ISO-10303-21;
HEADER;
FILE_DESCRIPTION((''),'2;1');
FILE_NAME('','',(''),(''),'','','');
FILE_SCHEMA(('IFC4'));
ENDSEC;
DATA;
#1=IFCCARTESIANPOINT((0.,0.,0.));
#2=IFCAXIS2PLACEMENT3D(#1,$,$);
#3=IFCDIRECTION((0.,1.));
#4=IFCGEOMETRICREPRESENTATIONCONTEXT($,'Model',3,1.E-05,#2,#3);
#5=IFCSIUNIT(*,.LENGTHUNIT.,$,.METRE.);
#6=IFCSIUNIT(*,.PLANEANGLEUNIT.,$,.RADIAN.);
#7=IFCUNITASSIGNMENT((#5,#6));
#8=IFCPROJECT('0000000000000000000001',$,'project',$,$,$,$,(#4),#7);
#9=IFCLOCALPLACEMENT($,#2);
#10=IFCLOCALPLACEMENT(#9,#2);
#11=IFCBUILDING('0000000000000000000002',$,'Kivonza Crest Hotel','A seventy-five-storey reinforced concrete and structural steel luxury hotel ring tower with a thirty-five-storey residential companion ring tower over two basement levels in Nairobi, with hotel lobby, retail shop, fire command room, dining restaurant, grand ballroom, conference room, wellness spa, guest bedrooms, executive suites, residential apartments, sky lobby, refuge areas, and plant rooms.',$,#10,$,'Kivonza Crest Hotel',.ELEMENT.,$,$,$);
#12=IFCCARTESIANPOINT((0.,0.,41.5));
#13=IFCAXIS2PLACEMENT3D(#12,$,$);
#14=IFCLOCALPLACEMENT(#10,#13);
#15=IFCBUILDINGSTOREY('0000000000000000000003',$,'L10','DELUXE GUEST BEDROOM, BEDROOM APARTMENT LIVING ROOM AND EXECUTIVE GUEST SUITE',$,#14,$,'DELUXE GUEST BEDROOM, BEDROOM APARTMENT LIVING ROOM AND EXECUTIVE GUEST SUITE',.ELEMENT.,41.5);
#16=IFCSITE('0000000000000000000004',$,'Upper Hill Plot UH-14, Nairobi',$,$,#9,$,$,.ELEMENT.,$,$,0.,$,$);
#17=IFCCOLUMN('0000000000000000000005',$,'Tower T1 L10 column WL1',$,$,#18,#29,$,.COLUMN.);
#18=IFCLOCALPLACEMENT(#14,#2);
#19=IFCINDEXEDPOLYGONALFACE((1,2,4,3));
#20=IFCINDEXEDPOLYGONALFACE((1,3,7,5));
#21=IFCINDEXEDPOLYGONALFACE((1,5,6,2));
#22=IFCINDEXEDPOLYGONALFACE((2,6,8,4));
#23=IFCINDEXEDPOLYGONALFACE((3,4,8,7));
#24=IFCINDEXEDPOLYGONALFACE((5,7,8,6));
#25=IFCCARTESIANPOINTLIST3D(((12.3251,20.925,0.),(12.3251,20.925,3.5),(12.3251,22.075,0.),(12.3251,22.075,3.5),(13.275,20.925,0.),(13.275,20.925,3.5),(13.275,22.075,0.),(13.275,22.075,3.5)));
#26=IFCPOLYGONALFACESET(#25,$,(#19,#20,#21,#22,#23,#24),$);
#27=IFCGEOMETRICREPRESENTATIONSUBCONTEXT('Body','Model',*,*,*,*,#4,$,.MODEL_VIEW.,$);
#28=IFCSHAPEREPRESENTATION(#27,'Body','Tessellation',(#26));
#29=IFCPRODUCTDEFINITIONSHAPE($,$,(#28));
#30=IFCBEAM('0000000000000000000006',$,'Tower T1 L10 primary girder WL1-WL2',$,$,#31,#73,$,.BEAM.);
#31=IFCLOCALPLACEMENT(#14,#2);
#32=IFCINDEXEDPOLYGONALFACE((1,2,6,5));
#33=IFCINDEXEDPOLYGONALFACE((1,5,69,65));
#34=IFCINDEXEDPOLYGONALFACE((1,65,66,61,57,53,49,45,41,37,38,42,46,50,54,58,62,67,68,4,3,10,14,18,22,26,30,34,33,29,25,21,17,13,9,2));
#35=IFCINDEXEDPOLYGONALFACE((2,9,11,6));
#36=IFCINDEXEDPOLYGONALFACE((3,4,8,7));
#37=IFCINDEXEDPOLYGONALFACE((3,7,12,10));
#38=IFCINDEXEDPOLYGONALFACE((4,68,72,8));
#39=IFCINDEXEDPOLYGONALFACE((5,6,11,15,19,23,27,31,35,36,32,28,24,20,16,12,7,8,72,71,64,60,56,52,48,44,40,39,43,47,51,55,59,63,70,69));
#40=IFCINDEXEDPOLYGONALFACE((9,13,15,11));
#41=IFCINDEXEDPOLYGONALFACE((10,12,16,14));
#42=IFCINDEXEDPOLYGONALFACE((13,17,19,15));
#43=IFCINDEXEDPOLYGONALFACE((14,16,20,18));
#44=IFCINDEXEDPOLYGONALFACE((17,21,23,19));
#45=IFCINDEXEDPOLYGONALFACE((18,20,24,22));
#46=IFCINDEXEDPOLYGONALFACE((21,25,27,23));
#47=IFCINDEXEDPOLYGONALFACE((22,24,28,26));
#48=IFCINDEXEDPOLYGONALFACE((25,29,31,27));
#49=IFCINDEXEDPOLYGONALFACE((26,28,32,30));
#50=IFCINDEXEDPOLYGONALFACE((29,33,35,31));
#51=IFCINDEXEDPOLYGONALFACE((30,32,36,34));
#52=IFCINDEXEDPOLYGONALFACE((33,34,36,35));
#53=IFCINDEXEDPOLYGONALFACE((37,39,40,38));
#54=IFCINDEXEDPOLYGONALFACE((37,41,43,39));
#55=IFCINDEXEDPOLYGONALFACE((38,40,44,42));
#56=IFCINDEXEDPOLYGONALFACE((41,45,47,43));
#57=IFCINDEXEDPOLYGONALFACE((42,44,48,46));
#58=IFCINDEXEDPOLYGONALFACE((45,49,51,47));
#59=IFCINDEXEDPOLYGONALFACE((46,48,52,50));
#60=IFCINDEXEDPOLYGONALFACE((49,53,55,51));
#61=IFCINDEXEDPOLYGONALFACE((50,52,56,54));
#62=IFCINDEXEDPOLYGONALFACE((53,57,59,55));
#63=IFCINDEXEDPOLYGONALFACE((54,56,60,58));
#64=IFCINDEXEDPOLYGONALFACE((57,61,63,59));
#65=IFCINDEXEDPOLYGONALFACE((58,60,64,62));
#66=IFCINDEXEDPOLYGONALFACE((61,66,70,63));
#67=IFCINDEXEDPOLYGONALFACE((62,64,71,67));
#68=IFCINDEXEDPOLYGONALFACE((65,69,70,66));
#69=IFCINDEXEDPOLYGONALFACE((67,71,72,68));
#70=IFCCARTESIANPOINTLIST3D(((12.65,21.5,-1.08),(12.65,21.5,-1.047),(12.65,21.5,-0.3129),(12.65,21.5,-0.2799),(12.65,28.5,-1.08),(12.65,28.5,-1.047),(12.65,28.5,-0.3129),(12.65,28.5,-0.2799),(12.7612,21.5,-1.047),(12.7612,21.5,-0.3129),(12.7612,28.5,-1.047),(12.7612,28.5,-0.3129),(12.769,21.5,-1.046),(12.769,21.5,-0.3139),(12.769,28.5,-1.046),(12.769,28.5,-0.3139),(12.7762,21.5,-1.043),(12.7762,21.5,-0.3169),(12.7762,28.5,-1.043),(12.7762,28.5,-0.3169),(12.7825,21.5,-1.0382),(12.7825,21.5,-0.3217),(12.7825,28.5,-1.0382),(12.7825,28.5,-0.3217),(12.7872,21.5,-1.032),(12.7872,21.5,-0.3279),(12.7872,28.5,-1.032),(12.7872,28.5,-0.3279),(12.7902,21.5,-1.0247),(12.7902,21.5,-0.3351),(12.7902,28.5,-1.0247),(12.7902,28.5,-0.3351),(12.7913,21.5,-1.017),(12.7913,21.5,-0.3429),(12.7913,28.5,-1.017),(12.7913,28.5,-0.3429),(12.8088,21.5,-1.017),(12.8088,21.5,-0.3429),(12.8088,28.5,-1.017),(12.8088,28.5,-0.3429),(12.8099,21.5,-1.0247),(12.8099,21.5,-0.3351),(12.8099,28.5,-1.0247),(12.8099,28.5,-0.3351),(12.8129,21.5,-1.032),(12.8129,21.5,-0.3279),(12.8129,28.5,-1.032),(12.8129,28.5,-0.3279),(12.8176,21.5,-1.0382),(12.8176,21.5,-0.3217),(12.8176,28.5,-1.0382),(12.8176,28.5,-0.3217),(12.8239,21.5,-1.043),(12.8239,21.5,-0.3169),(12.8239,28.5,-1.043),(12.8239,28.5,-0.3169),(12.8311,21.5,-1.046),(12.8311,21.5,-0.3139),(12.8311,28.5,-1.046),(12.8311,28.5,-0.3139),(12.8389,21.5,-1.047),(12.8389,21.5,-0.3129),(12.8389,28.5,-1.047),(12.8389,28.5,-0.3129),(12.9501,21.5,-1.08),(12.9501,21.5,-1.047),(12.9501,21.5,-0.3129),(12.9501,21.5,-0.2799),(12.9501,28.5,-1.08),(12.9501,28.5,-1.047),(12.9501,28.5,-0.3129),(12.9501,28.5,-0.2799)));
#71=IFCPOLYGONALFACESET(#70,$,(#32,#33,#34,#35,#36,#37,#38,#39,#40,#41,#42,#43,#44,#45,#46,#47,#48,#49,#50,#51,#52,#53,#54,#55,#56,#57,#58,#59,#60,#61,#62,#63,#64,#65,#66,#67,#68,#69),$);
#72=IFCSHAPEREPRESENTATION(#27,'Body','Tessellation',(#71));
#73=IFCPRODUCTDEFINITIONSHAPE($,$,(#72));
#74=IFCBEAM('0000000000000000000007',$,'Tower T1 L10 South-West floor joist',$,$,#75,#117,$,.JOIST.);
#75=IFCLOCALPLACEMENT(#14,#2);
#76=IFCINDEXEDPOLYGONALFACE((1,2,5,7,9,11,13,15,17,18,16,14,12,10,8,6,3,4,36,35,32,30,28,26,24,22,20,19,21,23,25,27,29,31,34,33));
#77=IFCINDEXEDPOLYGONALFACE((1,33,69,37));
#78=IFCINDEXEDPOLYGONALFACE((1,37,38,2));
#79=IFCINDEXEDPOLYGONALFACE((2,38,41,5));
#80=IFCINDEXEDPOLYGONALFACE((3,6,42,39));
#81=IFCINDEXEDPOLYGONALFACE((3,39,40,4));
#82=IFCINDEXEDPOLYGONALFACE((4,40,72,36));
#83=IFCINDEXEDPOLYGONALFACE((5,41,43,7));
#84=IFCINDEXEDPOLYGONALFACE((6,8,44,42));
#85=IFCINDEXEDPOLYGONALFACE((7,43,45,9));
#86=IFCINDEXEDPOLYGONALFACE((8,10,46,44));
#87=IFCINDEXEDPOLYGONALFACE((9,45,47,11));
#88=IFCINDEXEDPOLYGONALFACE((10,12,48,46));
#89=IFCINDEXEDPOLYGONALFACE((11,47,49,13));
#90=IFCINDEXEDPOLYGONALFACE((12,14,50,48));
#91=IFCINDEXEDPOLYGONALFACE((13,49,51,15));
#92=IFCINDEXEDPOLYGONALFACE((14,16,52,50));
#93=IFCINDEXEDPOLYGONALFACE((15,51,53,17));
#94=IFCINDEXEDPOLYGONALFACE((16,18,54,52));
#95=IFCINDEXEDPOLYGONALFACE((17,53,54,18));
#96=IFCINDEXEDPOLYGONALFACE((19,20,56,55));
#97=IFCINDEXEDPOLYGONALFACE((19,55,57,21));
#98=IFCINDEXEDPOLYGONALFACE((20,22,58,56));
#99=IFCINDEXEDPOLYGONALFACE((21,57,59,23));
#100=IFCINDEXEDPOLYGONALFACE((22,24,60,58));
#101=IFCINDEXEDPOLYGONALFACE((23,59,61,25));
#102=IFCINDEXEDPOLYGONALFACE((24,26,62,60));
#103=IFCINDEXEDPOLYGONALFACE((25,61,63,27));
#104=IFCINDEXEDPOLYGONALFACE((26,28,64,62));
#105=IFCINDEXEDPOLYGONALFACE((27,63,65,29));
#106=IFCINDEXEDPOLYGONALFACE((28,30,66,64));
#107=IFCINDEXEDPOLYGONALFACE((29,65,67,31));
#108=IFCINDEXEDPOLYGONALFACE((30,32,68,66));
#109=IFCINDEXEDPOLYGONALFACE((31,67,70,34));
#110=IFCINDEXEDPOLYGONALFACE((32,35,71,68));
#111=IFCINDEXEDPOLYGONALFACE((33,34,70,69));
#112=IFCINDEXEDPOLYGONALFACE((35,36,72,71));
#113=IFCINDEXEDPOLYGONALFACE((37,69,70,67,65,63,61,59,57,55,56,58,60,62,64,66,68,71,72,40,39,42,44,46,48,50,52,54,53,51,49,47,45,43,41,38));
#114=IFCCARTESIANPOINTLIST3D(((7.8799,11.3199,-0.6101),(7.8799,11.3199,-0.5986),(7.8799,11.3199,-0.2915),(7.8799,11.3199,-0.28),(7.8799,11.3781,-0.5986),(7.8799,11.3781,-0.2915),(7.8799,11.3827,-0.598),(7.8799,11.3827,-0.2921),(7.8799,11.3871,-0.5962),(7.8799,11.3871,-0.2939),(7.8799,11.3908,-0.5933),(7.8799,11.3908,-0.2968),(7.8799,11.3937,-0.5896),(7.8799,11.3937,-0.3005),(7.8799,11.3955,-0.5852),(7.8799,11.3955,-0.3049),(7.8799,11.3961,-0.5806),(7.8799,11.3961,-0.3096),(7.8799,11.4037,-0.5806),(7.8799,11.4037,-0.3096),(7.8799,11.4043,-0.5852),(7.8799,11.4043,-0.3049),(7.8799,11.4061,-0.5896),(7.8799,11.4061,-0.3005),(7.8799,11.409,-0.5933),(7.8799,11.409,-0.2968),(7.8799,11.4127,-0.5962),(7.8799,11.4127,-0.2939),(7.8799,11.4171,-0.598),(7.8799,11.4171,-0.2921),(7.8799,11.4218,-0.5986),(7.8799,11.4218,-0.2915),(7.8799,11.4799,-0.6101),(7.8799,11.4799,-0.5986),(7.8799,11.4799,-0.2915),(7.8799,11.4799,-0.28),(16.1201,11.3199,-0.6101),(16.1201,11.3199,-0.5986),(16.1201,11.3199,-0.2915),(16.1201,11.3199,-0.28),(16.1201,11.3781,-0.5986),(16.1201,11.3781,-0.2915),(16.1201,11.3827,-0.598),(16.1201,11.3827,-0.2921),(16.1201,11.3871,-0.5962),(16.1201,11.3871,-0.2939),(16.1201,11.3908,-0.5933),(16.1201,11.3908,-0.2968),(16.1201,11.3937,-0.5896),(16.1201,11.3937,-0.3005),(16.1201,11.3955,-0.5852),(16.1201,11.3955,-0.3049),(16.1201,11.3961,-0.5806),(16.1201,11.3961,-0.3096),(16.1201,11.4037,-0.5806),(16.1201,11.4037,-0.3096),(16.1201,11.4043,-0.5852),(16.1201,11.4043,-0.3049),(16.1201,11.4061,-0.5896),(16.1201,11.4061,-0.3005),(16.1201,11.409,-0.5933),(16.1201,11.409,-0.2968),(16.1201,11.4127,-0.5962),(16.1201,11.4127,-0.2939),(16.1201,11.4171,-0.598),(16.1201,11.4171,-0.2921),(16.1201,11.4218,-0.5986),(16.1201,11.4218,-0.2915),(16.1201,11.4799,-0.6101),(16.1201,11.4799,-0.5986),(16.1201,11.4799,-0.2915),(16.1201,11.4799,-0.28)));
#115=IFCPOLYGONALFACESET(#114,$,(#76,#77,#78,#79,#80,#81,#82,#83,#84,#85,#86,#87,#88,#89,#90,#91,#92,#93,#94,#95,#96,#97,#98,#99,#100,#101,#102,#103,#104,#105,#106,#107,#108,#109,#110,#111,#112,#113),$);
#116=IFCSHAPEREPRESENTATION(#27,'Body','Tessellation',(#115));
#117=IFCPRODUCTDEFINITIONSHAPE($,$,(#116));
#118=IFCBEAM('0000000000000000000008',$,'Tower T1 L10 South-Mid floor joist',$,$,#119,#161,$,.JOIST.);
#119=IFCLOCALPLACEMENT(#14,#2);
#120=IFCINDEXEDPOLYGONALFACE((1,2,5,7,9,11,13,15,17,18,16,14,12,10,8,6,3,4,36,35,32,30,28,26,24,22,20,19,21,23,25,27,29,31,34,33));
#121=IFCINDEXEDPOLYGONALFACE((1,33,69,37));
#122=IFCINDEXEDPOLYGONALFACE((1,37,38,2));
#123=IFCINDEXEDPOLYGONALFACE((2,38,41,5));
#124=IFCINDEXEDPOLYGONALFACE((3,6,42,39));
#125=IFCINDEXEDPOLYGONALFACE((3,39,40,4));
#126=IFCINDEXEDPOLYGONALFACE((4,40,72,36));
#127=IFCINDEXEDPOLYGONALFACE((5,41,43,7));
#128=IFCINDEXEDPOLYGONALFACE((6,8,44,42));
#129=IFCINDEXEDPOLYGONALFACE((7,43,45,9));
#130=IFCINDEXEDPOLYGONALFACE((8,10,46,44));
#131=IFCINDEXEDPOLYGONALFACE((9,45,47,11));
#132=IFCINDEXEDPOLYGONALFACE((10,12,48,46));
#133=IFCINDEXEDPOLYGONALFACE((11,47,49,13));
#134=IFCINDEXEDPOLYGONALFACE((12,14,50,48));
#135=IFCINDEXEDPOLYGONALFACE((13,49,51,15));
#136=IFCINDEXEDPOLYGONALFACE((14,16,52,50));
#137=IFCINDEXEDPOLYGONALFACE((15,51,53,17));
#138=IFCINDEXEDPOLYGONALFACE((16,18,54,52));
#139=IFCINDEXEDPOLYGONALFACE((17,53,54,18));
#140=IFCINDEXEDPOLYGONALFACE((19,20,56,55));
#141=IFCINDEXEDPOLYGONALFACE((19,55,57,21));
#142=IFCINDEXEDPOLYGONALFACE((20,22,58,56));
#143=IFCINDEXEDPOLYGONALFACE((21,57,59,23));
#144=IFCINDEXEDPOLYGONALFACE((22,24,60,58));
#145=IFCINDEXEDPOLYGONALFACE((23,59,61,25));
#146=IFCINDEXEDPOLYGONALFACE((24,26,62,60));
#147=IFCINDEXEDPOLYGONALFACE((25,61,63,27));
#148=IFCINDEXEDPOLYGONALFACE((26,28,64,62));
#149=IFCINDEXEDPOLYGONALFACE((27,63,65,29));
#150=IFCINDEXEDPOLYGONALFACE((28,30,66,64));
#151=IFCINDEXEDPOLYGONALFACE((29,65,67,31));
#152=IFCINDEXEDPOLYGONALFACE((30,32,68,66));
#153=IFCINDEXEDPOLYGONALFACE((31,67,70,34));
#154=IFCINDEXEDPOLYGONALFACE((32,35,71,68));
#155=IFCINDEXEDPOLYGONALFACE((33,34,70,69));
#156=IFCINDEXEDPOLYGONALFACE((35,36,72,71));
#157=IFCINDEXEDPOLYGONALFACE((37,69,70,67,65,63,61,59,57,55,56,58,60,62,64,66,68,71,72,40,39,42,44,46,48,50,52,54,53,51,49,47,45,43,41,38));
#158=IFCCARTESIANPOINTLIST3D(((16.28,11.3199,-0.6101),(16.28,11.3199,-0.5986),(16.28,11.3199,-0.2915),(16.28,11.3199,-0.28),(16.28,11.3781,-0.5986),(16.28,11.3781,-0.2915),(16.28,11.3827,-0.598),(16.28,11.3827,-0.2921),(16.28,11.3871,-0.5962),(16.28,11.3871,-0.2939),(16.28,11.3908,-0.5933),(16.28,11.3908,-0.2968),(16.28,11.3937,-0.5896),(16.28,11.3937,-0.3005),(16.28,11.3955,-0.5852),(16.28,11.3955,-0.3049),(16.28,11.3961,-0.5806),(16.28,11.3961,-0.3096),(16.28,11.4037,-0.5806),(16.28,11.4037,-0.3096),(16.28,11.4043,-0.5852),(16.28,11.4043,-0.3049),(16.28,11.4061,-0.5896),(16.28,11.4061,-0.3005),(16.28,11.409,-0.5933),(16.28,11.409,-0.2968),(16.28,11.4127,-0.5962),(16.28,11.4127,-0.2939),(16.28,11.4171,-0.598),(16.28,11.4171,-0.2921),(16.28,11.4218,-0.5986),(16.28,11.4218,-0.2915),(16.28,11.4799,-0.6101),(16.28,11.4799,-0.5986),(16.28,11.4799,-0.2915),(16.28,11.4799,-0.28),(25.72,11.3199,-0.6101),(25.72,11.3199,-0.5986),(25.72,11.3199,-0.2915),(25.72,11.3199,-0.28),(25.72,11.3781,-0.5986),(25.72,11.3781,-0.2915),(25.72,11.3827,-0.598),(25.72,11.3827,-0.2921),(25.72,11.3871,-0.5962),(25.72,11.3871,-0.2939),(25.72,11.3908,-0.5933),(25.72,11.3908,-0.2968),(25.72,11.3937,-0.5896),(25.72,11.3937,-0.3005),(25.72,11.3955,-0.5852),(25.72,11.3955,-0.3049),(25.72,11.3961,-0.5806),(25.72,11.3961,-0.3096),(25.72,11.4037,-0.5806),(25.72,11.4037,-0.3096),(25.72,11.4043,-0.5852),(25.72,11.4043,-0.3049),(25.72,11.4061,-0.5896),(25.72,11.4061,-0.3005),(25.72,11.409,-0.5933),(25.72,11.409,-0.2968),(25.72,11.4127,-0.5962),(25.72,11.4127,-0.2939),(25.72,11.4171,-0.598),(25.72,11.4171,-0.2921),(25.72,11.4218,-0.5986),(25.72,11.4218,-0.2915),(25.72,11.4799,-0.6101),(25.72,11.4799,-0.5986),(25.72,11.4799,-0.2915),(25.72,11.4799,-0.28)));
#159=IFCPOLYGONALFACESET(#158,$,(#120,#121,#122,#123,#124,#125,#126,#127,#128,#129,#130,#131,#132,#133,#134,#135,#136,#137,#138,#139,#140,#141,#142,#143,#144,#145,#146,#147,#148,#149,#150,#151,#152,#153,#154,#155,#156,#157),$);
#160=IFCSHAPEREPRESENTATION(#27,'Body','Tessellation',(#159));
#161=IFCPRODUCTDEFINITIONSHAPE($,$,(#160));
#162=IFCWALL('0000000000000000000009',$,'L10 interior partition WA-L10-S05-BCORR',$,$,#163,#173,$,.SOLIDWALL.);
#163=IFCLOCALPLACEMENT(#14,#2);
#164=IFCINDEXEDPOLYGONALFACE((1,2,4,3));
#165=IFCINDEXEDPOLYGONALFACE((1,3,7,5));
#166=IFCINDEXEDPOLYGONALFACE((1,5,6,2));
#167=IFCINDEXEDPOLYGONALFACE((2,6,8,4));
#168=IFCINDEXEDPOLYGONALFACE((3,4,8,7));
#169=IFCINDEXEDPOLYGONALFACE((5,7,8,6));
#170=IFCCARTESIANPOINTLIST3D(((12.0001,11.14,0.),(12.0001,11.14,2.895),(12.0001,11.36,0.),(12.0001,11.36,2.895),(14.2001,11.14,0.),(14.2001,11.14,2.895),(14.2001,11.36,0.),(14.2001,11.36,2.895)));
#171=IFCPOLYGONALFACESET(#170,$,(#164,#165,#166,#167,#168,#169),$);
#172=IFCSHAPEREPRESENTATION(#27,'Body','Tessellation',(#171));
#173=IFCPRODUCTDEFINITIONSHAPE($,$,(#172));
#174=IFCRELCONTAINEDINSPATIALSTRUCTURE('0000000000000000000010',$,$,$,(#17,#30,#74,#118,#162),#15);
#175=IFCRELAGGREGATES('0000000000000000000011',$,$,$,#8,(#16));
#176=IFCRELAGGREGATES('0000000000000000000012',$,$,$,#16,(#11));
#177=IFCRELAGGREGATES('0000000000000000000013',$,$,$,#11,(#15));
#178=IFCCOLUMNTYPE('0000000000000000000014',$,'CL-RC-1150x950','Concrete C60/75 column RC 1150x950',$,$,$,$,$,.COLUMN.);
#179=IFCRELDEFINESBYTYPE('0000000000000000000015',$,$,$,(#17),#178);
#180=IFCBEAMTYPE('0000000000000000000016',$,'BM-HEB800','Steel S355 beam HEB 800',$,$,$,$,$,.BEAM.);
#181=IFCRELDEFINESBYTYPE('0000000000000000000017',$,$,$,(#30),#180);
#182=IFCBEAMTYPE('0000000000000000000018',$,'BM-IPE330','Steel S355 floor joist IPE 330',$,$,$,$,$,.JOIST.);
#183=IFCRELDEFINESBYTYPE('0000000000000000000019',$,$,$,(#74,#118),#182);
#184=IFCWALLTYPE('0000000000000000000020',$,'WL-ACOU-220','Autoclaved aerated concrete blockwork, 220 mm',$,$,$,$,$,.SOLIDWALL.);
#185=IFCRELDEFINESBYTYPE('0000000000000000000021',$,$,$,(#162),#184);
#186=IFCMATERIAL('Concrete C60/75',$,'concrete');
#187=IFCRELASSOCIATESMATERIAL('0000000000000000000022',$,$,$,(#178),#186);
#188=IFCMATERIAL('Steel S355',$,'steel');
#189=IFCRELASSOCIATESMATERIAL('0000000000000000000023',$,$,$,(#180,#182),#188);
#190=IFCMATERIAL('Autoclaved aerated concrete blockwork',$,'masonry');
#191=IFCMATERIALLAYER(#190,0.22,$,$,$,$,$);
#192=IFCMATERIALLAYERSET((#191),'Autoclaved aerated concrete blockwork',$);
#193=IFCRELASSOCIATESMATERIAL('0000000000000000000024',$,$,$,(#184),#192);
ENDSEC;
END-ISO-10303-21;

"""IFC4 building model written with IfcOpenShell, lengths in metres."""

from ifc_helpers import new_model, si_unit, direction, frame, frame_2d, origin, origin_2d, place, context, subcontext, project, spatial, rectangle, i_section, extrude, material, layer, layer_set, material_profile, profile_set, type_object, element, save


model = new_model("IFC4")

# Units and contexts
model_context = context("Model", 3, precision=1e-05, world=origin(), true_north=direction((0.0, 1.0)))
body_context = subcontext(model_context, "Body", "Model", "MODEL_VIEW")
ifc_project = project(units=[si_unit("LENGTHUNIT", "METRE"), si_unit("PLANEANGLEUNIT", "RADIAN")], contexts=[model_context])

# Site, building, storey
site_placement = place(None, origin())
site = spatial("IfcSite", under=ifc_project, at=site_placement, Name="Upper Hill Plot UH-14, Nairobi", CompositionType="ELEMENT", RefElevation=0.0)
building_placement = place(site_placement, origin())
building = spatial("IfcBuilding", under=site, at=building_placement, Name="Kivonza Crest Hotel", Description="A seventy-five-storey reinforced concrete and structural steel luxury hotel ring tower with a thirty-five-storey residential companion ring tower over two basement levels in Nairobi, with hotel lobby, retail shop, fire command room, dining restaurant, grand ballroom, conference room, wellness spa, guest bedrooms, executive suites, residential apartments, sky lobby, refuge areas, and plant rooms.", LongName="Kivonza Crest Hotel", CompositionType="ELEMENT")
storey_placement = place(building_placement, frame((0.0, 0.0, 41.5)))
storey = spatial("IfcBuildingStorey", under=building, at=storey_placement, Name="L10", Description="DELUXE GUEST BEDROOM, BEDROOM APARTMENT LIVING ROOM AND EXECUTIVE GUEST SUITE", LongName="DELUXE GUEST BEDROOM, BEDROOM APARTMENT LIVING ROOM AND EXECUTIVE GUEST SUITE", CompositionType="ELEMENT", Elevation=41.5)

# Column
ifc_material_1 = material(Name="Concrete C60/75", Category="concrete")
ifc_material_profile_1 = material_profile(ifc_material_1, rectangle(XDim=0.95, YDim=1.1499, at=origin_2d()), Name="RC 1150x950")
ifc_profile_set_1 = profile_set([ifc_material_profile_1], Name="Concrete C60/75")
column_type = type_object("IfcColumnType", Name="CL-RC-1150x950", Description="Concrete C60/75 column RC 1150x950", PredefinedType="COLUMN", material=ifc_profile_set_1)
column_placement = place(storey_placement, frame((12.8, 21.5, 0.0), z_axis=(0.0, 0.0, 1.0), x_axis=(1.0, 0.0, 0.0)))
element("IfcColumn", 1, at=column_placement, inside=storey, type_object=column_type, Name="Tower T1 L10 column WL1", PredefinedType="COLUMN", context=body_context, shape_type="SweptSolid", body=[
    extrude(rectangle(XDim=0.95, YDim=1.1499, at=origin_2d()), origin(), (0.0, 0.0, 1.0), 3.5),
])

# Beams
ifc_material_2 = material(Name="Steel S355", Category="steel")
ifc_material_profile_2 = material_profile(ifc_material_2, i_section(OverallWidth=0.3, OverallDepth=0.8, WebThickness=0.0176, FlangeThickness=0.033, FilletRadius=0.03, at=origin_2d()), Name="HEB 800")
ifc_profile_set_2 = profile_set([ifc_material_profile_2], Name="Steel S355")
beam_type_1 = type_object("IfcBeamType", Name="BM-HEB800", Description="Steel S355 beam HEB 800", PredefinedType="BEAM", material=ifc_profile_set_2)
beam_1_placement = place(storey_placement, frame((12.8, 21.5, -0.6799), z_axis=(0.0, 1.0, 0.0), x_axis=(-1.0, 0.0, 0.0)))
element("IfcBeam", 2, at=beam_1_placement, inside=storey, type_object=beam_type_1, Name="Tower T1 L10 primary girder WL1-WL2", PredefinedType="BEAM", context=body_context, shape_type="SweptSolid", body=[
    extrude(i_section(OverallWidth=0.3, OverallDepth=0.8, WebThickness=0.0176, FlangeThickness=0.033, FilletRadius=0.03, at=origin_2d()), origin(), (0.0, 0.0, 1.0), 7.0),
])
ifc_material_profile_3 = material_profile(ifc_material_2, i_section(OverallWidth=0.1599, OverallDepth=0.3301, WebThickness=0.0076, FlangeThickness=0.0115, FilletRadius=0.0181, at=origin_2d()), Name="IPE 330")
ifc_profile_set_3 = profile_set([ifc_material_profile_3], Name="Steel S355")
beam_type_2 = type_object("IfcBeamType", Name="BM-IPE330", Description="Steel S355 floor joist IPE 330", PredefinedType="JOIST", material=ifc_profile_set_3)
beam_2_placement = place(storey_placement, frame((7.8799, 11.3999, -0.4451), z_axis=(1.0, 0.0, 0.0), x_axis=(0.0, 1.0, 0.0)))
element("IfcBeam", 3, at=beam_2_placement, inside=storey, type_object=beam_type_2, Name="Tower T1 L10 South-West floor joist", PredefinedType="JOIST", context=body_context, shape_type="SweptSolid", body=[
    extrude(i_section(OverallWidth=0.1599, OverallDepth=0.3301, WebThickness=0.0076, FlangeThickness=0.0115, FilletRadius=0.0181, at=origin_2d()), origin(), (0.0, 0.0, 1.0), 8.2402),
])
beam_3_placement = place(storey_placement, frame((16.28, 11.3999, -0.4451), z_axis=(1.0, 0.0, 0.0), x_axis=(0.0, 1.0, 0.0)))
element("IfcBeam", 4, at=beam_3_placement, inside=storey, type_object=beam_type_2, Name="Tower T1 L10 South-Mid floor joist", PredefinedType="JOIST", context=body_context, shape_type="SweptSolid", body=[
    extrude(i_section(OverallWidth=0.1599, OverallDepth=0.3301, WebThickness=0.0076, FlangeThickness=0.0115, FilletRadius=0.0181, at=origin_2d()), origin(), (0.0, 0.0, 1.0), 9.4399),
])

# Wall
ifc_material_3 = material(Name="Autoclaved aerated concrete blockwork", Category="masonry")
ifc_layer_1 = layer(ifc_material_3, 0.22)
ifc_layer_set_1 = layer_set([ifc_layer_1], Name="Autoclaved aerated concrete blockwork")
wall_type_1 = type_object("IfcWallType", Name="WL-ACOU-220", Description="Autoclaved aerated concrete blockwork, 220 mm", PredefinedType="SOLIDWALL", material=ifc_layer_set_1)
wall_1_placement = place(storey_placement, frame((12.0, 11.25, 0.0), z_axis=(0.0, 0.0, 1.0), x_axis=(1.0, 0.0, 0.0)))
element("IfcWall", 5, at=wall_1_placement, inside=storey, type_object=wall_type_1, Name="L10 interior partition WA-L10-S05-BCORR", PredefinedType="SOLIDWALL", context=body_context, shape_type="SweptSolid", body=[
    extrude(rectangle(XDim=2.2, YDim=0.22, at=frame_2d((1.1001, 0.0))), origin(), (0.0, 0.0, 1.0), 2.895),
])

save(model, "model.ifc")
